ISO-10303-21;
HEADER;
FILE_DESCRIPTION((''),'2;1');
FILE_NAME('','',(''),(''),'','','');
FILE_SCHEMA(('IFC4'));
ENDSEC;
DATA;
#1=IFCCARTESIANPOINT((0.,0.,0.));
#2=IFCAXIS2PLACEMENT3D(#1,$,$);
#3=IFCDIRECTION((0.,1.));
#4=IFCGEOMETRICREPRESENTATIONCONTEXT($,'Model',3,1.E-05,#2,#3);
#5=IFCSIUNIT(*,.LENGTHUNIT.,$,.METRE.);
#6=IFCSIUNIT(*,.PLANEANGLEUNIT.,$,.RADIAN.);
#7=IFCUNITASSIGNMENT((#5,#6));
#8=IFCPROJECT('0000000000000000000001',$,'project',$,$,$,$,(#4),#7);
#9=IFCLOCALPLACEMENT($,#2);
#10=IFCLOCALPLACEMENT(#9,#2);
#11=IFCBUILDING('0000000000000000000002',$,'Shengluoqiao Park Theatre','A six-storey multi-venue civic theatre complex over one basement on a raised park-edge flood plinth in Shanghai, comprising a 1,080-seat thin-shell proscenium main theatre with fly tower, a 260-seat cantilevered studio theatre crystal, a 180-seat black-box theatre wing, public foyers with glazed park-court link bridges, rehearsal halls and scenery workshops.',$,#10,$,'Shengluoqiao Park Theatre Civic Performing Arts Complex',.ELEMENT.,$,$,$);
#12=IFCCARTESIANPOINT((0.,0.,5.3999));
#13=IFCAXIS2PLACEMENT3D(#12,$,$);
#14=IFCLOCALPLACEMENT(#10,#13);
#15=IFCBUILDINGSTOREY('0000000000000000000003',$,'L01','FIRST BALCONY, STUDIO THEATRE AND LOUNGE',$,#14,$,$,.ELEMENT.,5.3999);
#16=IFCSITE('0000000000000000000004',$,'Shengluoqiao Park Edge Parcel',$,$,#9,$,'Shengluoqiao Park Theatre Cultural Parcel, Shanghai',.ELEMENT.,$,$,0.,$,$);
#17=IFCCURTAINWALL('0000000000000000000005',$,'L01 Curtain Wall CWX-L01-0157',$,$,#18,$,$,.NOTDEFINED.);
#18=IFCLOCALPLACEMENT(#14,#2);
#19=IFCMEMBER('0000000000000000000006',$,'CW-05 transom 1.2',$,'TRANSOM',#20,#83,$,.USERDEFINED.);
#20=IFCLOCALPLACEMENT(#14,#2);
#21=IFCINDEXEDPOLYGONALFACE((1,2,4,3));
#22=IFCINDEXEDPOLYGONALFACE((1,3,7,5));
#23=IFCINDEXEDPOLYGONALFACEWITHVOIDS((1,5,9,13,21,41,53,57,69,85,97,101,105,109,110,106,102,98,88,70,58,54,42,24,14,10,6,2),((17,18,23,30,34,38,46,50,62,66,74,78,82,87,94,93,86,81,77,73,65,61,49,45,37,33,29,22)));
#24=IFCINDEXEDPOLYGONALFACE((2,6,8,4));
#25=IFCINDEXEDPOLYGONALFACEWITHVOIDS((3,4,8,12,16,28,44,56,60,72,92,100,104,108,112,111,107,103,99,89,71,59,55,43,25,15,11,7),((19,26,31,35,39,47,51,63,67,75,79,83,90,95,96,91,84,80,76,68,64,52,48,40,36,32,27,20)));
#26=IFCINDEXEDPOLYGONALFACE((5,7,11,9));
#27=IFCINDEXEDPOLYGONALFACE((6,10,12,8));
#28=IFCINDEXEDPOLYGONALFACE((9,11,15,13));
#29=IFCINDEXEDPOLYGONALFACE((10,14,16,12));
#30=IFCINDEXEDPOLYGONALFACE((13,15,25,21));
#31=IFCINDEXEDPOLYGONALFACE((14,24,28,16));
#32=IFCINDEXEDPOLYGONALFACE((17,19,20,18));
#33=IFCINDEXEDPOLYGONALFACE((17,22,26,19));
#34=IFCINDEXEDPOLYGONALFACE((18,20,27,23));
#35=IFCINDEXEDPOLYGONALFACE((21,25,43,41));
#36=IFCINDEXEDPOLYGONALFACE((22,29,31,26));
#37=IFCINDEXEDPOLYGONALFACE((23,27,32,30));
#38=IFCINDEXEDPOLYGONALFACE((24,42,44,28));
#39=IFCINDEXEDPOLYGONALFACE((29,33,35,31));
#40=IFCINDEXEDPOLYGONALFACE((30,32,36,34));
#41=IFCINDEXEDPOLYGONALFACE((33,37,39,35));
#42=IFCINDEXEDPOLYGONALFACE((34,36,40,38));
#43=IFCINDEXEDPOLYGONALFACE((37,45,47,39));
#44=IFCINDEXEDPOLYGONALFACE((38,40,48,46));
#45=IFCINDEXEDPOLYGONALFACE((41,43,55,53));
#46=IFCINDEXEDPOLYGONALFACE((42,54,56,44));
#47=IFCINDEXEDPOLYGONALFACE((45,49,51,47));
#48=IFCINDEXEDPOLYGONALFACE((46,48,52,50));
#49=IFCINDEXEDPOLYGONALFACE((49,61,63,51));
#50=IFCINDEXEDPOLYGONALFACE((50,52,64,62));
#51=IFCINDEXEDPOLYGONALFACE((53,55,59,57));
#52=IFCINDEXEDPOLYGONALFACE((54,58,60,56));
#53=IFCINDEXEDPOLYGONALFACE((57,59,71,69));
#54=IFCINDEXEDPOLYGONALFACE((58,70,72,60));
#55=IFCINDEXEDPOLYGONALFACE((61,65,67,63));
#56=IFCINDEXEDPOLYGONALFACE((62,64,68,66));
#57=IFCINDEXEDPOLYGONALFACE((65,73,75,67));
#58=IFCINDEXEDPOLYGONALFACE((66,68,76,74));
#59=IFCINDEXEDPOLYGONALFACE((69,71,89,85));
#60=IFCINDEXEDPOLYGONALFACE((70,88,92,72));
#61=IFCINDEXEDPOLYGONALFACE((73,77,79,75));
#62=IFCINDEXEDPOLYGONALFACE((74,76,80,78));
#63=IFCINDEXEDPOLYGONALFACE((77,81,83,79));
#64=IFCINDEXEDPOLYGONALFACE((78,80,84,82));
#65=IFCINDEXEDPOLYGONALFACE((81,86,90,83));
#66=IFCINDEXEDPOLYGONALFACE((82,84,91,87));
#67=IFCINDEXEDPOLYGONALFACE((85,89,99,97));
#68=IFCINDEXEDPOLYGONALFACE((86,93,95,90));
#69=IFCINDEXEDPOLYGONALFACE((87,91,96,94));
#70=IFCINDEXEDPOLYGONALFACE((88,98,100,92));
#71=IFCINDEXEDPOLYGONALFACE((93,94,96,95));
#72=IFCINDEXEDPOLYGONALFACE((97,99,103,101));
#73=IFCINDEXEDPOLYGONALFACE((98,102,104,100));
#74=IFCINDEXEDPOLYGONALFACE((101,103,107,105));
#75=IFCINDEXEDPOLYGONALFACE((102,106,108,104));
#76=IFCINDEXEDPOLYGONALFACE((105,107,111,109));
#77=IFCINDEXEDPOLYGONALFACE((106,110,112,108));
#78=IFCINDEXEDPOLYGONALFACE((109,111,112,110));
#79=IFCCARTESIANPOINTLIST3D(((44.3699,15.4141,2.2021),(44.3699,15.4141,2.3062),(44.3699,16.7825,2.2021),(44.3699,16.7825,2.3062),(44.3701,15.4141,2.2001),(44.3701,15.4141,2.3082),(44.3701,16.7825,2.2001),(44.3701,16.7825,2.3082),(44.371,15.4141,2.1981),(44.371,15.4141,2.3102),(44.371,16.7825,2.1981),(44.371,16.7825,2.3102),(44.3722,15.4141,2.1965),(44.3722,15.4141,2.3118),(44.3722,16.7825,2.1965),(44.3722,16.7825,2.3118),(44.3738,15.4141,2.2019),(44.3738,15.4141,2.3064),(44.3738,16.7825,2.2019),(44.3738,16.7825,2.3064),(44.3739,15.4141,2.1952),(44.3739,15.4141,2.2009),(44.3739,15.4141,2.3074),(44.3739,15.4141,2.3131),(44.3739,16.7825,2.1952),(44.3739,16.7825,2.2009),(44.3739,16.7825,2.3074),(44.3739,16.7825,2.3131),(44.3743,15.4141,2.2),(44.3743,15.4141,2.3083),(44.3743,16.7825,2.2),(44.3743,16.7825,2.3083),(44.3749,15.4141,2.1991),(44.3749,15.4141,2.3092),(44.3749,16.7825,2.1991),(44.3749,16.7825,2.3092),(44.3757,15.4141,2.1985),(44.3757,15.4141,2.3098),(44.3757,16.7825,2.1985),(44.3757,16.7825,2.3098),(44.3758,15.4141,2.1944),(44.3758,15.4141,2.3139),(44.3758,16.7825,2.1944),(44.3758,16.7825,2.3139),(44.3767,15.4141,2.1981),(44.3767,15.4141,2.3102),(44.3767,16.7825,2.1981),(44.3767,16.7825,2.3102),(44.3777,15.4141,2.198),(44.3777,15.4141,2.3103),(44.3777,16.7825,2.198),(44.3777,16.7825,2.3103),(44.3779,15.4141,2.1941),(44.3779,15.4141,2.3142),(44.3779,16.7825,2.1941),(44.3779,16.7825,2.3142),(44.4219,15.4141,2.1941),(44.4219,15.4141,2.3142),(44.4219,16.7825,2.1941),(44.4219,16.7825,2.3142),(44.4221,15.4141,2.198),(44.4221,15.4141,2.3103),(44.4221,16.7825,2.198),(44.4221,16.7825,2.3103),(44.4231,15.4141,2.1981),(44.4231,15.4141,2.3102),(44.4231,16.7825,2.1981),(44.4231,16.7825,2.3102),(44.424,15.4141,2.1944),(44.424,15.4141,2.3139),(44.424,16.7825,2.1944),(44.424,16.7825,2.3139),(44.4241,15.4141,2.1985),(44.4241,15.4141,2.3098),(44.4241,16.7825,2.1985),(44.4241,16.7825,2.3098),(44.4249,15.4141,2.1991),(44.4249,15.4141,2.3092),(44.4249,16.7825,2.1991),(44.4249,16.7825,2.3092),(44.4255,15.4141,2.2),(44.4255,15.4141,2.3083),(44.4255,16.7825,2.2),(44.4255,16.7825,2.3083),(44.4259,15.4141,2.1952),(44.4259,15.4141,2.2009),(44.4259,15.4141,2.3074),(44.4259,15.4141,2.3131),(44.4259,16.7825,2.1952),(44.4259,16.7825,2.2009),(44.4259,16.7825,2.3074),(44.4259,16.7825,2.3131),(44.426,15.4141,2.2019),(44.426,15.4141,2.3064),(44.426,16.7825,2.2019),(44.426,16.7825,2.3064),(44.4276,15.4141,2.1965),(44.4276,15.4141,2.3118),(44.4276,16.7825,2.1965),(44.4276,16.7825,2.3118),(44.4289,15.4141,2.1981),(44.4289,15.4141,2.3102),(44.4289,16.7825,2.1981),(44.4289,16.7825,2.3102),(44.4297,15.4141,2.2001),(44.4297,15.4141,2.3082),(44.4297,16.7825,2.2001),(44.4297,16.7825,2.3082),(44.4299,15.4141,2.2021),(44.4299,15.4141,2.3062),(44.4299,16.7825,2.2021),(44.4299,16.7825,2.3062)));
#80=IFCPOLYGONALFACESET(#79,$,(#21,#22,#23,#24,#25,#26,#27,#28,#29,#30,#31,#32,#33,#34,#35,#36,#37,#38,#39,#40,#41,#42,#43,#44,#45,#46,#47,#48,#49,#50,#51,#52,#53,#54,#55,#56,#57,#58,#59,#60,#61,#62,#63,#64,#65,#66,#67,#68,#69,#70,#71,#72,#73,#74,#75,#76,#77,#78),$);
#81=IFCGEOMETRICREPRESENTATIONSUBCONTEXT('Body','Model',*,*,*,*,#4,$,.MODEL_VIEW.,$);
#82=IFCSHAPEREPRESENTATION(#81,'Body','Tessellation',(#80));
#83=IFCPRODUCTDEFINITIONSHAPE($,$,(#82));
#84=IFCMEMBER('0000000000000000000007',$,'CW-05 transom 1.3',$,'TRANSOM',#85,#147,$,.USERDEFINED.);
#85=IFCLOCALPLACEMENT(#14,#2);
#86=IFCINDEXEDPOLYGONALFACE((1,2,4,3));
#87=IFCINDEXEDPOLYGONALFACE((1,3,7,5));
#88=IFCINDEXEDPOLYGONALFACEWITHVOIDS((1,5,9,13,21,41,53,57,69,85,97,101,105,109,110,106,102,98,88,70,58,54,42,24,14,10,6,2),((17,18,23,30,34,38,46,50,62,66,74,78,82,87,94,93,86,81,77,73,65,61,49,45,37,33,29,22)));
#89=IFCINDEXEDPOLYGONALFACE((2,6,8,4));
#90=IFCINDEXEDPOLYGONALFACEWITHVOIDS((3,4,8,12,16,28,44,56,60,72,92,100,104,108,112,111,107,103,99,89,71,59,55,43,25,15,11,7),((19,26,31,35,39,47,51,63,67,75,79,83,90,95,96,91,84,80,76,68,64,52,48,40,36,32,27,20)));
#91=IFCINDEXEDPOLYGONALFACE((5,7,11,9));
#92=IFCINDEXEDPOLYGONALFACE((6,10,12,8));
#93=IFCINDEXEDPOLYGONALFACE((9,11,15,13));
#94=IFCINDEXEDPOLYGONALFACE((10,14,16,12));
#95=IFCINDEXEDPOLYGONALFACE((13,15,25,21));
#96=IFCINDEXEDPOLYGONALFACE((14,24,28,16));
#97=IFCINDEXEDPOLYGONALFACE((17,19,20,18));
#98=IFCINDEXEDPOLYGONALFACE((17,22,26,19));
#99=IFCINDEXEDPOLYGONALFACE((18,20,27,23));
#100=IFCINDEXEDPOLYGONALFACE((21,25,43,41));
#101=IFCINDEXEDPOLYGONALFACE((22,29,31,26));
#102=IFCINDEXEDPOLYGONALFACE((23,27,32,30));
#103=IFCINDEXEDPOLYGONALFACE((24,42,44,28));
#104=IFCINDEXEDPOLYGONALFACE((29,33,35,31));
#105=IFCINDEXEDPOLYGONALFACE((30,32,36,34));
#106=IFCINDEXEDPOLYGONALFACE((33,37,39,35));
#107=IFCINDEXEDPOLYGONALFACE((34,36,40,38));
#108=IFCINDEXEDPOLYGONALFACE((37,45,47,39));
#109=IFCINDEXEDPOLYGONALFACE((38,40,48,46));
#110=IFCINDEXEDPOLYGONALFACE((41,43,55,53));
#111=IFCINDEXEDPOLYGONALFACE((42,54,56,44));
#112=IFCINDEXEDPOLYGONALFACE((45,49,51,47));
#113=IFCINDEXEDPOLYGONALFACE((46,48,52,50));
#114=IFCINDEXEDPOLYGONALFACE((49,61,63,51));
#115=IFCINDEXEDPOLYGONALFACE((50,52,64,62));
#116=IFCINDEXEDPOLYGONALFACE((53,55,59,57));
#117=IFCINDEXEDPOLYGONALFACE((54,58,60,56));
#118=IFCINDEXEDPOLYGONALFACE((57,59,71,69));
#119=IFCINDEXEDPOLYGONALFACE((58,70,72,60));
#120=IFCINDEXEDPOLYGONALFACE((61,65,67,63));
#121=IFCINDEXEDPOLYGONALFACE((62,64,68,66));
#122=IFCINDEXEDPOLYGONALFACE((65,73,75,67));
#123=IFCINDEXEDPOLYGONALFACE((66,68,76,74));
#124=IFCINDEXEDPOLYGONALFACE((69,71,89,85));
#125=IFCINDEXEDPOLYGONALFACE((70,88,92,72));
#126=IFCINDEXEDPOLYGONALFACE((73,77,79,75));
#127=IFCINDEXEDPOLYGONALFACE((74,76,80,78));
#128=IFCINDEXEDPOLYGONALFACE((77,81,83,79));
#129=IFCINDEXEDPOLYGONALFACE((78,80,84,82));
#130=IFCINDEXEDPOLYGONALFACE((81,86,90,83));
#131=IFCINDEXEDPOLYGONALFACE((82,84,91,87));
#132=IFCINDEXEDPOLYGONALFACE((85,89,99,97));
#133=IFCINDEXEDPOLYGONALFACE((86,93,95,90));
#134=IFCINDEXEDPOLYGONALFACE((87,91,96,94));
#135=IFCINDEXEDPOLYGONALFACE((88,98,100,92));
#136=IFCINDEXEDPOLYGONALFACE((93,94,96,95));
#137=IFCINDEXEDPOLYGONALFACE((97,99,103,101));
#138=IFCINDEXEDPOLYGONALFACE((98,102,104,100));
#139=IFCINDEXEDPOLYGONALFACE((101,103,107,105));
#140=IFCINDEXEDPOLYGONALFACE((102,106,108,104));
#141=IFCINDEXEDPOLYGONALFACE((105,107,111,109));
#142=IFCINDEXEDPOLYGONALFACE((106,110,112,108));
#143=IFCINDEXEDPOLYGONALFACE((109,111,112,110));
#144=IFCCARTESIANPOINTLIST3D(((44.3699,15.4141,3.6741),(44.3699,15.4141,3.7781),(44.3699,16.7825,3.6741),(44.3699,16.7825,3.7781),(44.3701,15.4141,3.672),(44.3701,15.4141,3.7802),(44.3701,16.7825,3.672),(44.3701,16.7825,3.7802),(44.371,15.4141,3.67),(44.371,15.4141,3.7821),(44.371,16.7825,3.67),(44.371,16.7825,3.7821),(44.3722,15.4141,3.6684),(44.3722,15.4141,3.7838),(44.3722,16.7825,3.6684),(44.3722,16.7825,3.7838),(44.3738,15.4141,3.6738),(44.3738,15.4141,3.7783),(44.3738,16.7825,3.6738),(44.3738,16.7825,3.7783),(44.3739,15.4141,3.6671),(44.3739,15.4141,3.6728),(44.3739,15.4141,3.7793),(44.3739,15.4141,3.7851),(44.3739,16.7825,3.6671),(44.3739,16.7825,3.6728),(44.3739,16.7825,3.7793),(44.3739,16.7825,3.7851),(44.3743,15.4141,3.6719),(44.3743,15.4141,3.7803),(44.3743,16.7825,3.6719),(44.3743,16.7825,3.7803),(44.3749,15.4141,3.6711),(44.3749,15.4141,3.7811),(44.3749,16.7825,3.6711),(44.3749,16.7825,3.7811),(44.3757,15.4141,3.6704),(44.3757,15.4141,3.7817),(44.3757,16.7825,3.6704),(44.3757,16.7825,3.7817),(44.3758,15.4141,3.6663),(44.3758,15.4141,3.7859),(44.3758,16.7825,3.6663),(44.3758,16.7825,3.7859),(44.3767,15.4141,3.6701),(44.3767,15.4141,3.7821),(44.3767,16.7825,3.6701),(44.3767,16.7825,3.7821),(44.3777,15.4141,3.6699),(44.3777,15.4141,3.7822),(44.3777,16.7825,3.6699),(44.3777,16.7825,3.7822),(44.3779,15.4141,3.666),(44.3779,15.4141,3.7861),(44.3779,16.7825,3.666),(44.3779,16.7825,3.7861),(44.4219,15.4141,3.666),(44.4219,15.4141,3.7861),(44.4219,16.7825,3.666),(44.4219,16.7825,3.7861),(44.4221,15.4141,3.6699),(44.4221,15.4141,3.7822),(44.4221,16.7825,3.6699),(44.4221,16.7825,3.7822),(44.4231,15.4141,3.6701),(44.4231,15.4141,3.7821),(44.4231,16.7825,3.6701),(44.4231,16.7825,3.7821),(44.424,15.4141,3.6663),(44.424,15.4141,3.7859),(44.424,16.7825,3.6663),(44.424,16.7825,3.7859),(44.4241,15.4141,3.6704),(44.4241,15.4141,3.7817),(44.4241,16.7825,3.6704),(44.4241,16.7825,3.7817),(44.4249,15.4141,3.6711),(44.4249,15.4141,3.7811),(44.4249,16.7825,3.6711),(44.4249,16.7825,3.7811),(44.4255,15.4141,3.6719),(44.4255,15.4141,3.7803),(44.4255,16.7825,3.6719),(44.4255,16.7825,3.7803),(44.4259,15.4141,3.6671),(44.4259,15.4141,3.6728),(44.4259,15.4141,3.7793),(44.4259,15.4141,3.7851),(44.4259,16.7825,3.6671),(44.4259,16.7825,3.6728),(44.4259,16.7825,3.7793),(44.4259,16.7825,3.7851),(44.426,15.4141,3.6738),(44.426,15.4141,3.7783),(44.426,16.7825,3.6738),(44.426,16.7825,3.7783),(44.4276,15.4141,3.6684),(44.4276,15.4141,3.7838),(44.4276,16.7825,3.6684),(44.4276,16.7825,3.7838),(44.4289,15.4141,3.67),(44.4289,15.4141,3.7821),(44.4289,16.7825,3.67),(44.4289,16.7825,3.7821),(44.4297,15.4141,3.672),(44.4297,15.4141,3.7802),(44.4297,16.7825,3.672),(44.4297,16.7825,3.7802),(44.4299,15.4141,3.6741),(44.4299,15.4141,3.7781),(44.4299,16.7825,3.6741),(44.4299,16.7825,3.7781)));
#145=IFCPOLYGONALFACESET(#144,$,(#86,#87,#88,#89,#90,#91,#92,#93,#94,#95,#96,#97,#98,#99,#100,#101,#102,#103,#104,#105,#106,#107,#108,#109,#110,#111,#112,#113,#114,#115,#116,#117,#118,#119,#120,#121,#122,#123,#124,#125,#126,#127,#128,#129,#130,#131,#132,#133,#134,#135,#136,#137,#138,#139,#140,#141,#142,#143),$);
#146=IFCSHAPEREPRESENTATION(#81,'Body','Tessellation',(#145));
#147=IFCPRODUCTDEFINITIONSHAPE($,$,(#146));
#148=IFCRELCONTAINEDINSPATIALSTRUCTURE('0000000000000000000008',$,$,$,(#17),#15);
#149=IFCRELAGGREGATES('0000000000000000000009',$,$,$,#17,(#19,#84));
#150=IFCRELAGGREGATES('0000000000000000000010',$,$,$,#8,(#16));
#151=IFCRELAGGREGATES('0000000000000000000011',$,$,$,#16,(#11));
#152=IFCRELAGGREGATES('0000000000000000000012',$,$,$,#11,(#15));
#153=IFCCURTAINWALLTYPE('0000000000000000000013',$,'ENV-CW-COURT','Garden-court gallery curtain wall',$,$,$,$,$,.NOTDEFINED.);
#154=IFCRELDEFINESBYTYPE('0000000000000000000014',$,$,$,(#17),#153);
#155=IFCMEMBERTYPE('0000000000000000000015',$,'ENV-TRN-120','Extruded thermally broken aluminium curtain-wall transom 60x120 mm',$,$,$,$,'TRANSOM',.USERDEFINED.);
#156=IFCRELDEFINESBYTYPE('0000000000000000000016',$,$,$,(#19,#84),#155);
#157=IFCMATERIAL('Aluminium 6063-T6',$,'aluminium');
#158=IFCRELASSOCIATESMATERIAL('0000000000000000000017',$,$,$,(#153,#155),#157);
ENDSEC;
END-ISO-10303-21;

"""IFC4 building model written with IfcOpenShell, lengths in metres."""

from ifc_helpers import new_model, si_unit, direction, frame, origin, origin_2d, place, context, subcontext, project, spatial, hollow_rectangle, extrude, material, material_profile, profile_set, type_object, element, aggregate, save


model = new_model("IFC4")

# Units and contexts
model_context = context("Model", 3, precision=1e-05, world=origin(), true_north=direction((0.0, 1.0)))
body_context = subcontext(model_context, "Body", "Model", "MODEL_VIEW")
ifc_project = project(units=[si_unit("LENGTHUNIT", "METRE"), si_unit("PLANEANGLEUNIT", "RADIAN")], contexts=[model_context])

# Site, building, storey
site_placement = place(None, origin())
site = spatial("IfcSite", under=ifc_project, at=site_placement, Name="Shengluoqiao Park Edge Parcel", LongName="Shengluoqiao Park Theatre Cultural Parcel, Shanghai", CompositionType="ELEMENT", RefElevation=0.0)
building_placement = place(site_placement, origin())
building = spatial("IfcBuilding", under=site, at=building_placement, Name="Shengluoqiao Park Theatre", Description="A six-storey multi-venue civic theatre complex over one basement on a raised park-edge flood plinth in Shanghai, comprising a 1,080-seat thin-shell proscenium main theatre with fly tower, a 260-seat cantilevered studio theatre crystal, a 180-seat black-box theatre wing, public foyers with glazed park-court link bridges, rehearsal halls and scenery workshops.", LongName="Shengluoqiao Park Theatre Civic Performing Arts Complex", CompositionType="ELEMENT")
storey_placement = place(building_placement, frame((0.0, 0.0, 5.3999)))
storey = spatial("IfcBuildingStorey", under=building, at=storey_placement, Name="L01", Description="FIRST BALCONY, STUDIO THEATRE AND LOUNGE", CompositionType="ELEMENT", Elevation=5.3999)

# Curtain wall, members
ifc_material_1 = material(Name="Aluminium 6063-T6", Category="aluminium")
curtain_wall_type = type_object("IfcCurtainWallType", Name="ENV-CW-COURT", Description="Garden-court gallery curtain wall", PredefinedType="NOTDEFINED", material=ifc_material_1)
curtain_wall_placement = place(storey_placement, origin())
curtain_wall = element("IfcCurtainWall", 1, at=curtain_wall_placement, inside=storey, type_object=curtain_wall_type, Name="L01 Curtain Wall CWX-L01-0157", PredefinedType="NOTDEFINED")
ifc_material_profile_1 = material_profile(ifc_material_1, hollow_rectangle(XDim=0.0601, YDim=0.1201, WallThickness=0.0039, InnerFilletRadius=0.0039, OuterFilletRadius=0.0081, at=origin_2d()), Name="ALU TRANSOM 120x60x4")
ifc_profile_set_1 = profile_set([ifc_material_profile_1], Name="Aluminium 6063-T6")
member_type_1 = type_object("IfcMemberType", Name="ENV-TRN-120", Description="Extruded thermally broken aluminium curtain-wall transom 60x120 mm", ElementType="TRANSOM", PredefinedType="USERDEFINED", material=ifc_profile_set_1)
member_1_placement = place(storey_placement, frame((44.3999, 15.4141, 2.2542), z_axis=(0.0, 1.0, 0.0), x_axis=(-1.0, 0.0, 0.0)))
member_1 = element("IfcMember", 2, at=member_1_placement, type_object=member_type_1, Name="CW-05 transom 1.2", ObjectType="TRANSOM", PredefinedType="USERDEFINED", context=body_context, shape_type="SweptSolid", body=[
    extrude(hollow_rectangle(XDim=0.0601, YDim=0.1201, WallThickness=0.0039, InnerFilletRadius=0.0039, OuterFilletRadius=0.0081, at=origin_2d()), origin(), (0.0, 0.0, 1.0), 1.3684),
])
member_2_placement = place(storey_placement, frame((44.3999, 15.4141, 3.7261), z_axis=(0.0, 1.0, 0.0), x_axis=(-1.0, 0.0, 0.0)))
member_2 = element("IfcMember", 3, at=member_2_placement, type_object=member_type_1, Name="CW-05 transom 1.3", ObjectType="TRANSOM", PredefinedType="USERDEFINED", context=body_context, shape_type="SweptSolid", body=[
    extrude(hollow_rectangle(XDim=0.0601, YDim=0.1201, WallThickness=0.0039, InnerFilletRadius=0.0039, OuterFilletRadius=0.0081, at=origin_2d()), origin(), (0.0, 0.0, 1.0), 1.3684),
])
aggregate(curtain_wall, [member_1, member_2])

save(model, "model.ifc")
